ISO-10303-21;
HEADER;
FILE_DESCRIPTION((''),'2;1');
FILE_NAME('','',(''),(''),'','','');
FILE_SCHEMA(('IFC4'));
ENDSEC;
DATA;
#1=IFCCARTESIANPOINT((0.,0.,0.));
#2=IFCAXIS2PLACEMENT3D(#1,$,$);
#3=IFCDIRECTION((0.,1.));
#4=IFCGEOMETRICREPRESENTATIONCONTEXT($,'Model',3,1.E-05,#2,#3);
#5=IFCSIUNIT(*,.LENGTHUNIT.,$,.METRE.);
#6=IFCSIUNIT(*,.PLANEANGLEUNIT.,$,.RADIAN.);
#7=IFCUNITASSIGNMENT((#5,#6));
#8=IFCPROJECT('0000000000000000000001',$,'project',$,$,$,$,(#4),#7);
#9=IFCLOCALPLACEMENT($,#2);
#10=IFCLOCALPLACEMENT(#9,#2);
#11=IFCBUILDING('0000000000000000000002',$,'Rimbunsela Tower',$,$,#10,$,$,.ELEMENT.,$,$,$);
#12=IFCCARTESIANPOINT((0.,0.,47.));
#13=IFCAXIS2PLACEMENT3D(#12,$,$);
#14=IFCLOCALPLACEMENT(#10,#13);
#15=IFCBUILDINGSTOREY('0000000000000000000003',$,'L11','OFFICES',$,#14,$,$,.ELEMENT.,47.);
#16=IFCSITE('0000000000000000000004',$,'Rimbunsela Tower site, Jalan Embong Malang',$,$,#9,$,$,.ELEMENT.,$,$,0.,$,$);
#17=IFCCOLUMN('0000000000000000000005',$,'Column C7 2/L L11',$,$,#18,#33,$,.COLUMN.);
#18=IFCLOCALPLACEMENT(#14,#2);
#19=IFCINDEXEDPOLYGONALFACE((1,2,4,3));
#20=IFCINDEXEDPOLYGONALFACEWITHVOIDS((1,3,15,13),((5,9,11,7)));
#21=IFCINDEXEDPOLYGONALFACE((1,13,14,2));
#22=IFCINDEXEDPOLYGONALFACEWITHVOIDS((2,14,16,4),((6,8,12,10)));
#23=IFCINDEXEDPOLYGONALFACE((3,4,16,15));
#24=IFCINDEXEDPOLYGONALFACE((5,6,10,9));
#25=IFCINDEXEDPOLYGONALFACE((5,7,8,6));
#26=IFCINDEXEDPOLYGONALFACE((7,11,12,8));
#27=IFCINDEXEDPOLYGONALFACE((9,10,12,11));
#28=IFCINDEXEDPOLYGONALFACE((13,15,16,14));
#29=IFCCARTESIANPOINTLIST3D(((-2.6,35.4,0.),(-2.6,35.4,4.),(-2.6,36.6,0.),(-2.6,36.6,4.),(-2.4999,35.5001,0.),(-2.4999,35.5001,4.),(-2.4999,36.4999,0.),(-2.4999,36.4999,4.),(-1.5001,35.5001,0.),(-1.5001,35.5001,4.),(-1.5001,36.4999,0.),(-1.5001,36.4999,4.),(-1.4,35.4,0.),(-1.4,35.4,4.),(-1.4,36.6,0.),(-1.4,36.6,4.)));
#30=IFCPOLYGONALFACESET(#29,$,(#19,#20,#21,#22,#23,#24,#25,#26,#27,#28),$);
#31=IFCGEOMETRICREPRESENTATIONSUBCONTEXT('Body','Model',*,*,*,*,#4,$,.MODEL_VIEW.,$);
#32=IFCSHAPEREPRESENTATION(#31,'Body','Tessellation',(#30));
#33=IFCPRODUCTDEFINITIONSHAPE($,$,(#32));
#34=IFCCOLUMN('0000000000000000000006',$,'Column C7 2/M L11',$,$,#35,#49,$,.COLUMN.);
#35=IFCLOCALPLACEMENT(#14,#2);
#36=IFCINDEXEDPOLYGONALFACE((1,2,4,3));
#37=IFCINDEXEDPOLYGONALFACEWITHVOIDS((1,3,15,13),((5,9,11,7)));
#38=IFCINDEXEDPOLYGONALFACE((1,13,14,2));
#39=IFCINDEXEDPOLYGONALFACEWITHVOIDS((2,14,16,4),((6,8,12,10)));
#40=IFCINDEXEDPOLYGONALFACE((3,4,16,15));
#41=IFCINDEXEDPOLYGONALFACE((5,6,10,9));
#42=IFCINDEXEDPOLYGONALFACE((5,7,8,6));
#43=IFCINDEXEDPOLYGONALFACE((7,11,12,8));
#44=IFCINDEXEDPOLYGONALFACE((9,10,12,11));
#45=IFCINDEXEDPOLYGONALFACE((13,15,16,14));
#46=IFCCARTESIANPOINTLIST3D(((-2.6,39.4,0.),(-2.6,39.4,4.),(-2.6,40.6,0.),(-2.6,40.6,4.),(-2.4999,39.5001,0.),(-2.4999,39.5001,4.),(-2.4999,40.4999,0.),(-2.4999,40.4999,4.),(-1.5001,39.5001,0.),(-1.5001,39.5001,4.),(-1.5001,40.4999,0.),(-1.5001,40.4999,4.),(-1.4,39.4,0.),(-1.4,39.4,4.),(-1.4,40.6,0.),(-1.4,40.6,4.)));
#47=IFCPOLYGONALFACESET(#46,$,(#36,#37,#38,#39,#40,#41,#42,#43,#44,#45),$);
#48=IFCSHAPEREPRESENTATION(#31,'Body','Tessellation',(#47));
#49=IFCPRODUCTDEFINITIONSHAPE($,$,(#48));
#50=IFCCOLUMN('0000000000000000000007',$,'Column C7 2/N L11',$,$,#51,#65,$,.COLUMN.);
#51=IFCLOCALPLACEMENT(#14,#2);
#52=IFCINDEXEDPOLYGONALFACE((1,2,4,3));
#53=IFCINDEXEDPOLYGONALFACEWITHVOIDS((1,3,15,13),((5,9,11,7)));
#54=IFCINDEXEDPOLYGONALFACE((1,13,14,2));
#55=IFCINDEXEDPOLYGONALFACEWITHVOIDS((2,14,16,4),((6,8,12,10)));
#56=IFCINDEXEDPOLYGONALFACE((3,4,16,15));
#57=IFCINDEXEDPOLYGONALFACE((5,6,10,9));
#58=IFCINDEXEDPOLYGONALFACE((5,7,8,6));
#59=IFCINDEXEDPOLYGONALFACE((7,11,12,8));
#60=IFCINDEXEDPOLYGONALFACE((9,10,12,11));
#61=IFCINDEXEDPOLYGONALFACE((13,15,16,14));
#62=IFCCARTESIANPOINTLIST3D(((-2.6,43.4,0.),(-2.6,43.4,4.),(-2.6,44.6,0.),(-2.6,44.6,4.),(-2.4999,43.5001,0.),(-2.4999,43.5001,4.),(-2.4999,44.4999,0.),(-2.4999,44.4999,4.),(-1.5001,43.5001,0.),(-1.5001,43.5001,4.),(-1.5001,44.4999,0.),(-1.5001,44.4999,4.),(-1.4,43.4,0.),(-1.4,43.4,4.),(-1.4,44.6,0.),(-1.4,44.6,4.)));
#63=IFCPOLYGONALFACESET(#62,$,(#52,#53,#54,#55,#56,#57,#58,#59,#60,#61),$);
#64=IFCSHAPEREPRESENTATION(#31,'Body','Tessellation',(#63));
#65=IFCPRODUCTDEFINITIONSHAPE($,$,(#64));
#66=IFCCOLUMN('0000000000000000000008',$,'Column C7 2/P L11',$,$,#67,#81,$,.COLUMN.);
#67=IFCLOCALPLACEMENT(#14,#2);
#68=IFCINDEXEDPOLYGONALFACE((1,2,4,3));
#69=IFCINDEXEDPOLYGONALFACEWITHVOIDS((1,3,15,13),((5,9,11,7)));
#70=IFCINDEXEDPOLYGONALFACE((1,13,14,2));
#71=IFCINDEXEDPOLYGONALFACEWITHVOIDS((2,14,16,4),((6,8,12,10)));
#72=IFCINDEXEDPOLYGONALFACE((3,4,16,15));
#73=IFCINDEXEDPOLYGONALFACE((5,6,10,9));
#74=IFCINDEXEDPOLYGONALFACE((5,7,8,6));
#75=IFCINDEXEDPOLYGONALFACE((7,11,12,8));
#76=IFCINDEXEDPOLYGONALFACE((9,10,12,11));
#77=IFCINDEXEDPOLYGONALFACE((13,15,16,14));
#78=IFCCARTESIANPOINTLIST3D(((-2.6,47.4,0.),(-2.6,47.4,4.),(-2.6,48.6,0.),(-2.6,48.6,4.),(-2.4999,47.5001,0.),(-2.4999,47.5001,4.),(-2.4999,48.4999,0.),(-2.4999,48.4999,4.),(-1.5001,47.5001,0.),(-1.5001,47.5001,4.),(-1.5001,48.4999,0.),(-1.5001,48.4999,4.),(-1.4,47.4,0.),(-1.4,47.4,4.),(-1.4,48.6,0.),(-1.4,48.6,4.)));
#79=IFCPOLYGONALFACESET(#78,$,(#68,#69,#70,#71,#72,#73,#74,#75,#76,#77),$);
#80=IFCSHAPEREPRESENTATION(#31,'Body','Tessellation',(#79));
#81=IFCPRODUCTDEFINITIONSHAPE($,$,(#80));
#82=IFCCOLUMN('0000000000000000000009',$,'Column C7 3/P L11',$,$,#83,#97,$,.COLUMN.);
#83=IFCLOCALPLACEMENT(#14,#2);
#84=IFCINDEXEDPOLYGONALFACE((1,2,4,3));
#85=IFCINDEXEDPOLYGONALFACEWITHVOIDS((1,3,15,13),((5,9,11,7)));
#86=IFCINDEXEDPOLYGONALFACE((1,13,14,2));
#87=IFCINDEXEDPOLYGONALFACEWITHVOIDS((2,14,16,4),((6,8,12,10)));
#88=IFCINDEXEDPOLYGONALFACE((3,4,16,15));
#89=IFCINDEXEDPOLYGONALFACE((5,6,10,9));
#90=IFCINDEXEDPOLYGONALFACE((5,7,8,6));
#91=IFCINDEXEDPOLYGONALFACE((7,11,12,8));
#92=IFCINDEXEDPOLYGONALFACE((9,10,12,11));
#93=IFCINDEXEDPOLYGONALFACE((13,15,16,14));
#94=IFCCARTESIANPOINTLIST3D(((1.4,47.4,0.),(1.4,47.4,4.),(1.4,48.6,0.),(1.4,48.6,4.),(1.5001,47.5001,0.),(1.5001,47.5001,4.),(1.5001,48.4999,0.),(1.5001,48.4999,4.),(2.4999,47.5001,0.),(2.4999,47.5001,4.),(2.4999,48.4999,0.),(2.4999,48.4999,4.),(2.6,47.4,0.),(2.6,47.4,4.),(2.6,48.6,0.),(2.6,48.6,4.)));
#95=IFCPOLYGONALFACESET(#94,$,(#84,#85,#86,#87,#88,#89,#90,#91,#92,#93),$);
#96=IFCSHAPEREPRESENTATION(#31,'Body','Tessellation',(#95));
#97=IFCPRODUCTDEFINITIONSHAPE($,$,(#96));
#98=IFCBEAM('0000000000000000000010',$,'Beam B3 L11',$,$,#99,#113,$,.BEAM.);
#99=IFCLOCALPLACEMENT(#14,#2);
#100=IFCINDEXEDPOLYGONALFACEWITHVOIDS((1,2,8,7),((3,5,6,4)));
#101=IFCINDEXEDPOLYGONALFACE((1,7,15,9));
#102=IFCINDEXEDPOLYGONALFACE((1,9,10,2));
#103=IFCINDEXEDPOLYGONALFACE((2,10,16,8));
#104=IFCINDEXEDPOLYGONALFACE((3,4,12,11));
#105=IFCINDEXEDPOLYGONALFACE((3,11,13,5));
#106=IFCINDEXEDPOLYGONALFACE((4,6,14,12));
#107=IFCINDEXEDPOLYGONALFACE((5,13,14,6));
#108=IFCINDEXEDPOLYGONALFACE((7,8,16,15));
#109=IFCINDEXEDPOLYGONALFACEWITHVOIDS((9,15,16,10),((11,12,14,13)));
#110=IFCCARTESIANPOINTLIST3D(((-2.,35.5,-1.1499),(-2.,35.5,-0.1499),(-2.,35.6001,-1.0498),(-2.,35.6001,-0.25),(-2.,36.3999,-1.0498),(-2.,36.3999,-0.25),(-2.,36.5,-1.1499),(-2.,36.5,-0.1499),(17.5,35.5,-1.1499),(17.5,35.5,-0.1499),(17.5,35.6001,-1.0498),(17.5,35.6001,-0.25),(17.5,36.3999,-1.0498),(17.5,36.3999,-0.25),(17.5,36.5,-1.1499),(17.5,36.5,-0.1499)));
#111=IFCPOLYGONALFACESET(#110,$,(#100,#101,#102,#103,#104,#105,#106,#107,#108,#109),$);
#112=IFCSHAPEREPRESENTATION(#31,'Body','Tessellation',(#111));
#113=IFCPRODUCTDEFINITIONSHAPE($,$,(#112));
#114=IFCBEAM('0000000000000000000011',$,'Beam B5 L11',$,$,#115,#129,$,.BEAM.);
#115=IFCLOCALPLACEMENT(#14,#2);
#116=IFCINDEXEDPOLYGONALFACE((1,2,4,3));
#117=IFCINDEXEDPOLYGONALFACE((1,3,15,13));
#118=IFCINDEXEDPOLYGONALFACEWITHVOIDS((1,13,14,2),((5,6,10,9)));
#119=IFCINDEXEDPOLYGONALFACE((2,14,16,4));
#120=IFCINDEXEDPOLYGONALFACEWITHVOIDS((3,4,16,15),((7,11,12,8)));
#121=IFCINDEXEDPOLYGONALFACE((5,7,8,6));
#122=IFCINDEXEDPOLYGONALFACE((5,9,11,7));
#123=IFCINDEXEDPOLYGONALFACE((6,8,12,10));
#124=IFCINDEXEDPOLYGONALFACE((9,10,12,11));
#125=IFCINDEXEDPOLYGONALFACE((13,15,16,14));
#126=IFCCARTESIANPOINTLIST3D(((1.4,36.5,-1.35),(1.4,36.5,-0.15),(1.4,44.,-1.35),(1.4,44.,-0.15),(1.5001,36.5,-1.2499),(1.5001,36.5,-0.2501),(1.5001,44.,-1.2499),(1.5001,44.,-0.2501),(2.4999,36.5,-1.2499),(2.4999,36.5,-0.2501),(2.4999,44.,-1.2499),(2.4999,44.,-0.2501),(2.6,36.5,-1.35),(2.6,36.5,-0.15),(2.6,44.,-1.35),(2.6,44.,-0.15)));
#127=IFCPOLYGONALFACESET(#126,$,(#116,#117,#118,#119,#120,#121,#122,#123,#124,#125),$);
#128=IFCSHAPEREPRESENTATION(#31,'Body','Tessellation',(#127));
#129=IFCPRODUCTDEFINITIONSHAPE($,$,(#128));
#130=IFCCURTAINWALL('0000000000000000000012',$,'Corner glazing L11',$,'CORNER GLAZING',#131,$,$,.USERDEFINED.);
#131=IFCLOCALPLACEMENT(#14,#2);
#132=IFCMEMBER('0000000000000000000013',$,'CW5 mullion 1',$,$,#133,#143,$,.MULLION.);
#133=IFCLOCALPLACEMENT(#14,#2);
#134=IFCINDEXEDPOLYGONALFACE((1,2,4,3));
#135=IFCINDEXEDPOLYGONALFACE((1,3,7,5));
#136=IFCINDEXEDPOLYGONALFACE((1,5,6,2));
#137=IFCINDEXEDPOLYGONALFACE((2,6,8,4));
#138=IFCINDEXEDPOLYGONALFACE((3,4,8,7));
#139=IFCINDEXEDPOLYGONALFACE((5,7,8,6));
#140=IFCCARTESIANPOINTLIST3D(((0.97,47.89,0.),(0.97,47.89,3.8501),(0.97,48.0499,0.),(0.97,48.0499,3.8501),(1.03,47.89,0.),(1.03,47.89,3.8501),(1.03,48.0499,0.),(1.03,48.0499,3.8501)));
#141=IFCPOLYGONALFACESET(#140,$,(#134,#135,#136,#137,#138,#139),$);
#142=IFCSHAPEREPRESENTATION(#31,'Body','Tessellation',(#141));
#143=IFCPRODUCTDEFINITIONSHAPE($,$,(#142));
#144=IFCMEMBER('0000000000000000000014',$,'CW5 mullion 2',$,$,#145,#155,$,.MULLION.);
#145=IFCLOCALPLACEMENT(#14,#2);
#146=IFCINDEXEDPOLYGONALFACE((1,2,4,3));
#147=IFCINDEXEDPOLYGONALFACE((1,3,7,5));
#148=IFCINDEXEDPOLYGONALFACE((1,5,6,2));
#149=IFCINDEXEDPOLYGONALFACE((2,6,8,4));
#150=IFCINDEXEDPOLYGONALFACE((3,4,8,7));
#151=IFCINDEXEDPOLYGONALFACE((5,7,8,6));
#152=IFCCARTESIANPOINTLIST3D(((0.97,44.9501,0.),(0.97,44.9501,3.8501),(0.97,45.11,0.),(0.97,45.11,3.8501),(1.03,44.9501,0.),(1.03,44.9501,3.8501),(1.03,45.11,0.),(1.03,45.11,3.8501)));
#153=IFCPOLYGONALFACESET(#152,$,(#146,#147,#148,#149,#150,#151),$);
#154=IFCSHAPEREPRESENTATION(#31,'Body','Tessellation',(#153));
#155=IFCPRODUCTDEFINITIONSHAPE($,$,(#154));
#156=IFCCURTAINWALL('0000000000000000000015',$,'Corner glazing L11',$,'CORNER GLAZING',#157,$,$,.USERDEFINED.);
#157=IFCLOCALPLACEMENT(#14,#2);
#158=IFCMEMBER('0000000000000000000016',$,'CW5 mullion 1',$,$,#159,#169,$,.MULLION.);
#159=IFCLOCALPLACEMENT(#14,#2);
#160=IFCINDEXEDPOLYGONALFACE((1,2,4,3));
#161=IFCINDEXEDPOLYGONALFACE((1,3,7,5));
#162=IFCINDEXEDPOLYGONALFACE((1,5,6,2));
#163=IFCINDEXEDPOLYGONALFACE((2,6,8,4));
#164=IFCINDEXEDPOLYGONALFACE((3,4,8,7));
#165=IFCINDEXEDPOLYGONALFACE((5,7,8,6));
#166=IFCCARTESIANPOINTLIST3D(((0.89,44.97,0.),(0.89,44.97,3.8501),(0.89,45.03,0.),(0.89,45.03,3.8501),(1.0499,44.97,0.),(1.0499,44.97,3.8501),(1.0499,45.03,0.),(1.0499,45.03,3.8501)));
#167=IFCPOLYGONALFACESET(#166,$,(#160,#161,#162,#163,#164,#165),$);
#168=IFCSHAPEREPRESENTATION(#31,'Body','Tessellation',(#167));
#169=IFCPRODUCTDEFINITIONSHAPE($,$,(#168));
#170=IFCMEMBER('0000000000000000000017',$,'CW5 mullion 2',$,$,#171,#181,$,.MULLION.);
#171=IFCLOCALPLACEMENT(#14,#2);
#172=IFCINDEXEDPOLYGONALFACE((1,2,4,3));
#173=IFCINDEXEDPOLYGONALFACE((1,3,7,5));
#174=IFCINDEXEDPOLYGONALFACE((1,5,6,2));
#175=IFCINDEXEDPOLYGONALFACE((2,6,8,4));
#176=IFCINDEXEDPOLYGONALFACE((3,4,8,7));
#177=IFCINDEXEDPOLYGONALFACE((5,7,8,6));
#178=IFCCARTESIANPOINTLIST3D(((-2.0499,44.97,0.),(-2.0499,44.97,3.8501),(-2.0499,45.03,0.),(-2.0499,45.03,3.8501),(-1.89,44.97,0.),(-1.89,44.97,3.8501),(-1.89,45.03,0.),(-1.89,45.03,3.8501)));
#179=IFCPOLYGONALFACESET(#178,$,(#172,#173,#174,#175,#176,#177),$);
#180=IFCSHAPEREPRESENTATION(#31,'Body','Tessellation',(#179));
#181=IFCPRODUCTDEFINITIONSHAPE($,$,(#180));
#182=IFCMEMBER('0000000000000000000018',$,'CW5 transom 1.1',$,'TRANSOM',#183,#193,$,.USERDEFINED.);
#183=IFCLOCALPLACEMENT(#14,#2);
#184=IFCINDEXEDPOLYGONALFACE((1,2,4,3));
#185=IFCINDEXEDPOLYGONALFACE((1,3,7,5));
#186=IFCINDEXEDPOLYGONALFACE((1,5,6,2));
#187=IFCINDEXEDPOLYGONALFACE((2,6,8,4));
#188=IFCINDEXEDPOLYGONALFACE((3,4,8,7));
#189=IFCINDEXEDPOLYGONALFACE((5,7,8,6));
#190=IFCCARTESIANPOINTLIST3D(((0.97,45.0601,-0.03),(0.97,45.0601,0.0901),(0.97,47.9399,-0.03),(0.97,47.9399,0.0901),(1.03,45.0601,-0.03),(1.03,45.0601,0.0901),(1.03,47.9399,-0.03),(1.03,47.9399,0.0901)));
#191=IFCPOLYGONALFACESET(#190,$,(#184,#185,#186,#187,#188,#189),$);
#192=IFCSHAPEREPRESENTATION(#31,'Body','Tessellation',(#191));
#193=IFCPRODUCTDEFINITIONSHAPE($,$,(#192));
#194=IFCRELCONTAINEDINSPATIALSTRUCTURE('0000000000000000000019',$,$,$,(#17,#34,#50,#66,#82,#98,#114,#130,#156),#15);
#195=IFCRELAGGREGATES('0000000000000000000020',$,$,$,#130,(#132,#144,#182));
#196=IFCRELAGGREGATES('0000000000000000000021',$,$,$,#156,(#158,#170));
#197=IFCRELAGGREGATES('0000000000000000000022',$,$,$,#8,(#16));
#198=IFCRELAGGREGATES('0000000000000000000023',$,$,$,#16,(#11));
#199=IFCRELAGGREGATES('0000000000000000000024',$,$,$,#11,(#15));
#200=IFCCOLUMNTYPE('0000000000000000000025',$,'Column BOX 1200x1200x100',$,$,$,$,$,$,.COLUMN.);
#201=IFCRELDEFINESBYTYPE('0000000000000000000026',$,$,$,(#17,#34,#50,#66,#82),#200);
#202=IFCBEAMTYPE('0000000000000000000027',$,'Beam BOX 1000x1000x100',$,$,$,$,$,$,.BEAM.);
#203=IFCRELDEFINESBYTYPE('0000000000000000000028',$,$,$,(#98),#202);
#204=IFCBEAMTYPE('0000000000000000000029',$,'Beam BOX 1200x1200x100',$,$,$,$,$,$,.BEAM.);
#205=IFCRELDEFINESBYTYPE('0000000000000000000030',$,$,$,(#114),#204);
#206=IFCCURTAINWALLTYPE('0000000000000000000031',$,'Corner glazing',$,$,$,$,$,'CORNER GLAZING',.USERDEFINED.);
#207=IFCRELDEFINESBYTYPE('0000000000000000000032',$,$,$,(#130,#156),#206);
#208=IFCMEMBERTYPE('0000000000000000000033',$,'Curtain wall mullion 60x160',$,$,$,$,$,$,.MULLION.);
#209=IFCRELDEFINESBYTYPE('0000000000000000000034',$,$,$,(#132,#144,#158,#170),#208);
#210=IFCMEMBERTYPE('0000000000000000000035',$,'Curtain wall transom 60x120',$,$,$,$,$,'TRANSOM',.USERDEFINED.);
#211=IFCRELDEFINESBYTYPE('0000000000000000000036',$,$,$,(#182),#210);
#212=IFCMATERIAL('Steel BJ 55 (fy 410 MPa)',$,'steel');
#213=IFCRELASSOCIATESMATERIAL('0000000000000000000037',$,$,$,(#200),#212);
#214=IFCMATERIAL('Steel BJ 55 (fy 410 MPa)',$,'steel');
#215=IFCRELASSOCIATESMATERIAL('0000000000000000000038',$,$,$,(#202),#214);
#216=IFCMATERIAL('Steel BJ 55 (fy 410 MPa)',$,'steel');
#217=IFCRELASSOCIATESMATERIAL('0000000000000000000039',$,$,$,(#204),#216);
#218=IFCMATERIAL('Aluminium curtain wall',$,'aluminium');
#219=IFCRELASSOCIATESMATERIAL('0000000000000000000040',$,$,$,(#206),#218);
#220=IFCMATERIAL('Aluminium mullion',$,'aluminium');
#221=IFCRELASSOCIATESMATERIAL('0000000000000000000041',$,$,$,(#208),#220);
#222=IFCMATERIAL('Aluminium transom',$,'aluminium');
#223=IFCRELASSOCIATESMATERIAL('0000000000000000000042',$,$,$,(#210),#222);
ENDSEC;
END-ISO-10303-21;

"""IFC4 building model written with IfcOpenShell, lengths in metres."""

from ifc_helpers import new_model, si_unit, direction, frame, origin, origin_2d, place, context, subcontext, project, spatial, rectangle, hollow_rectangle, extrude, material, material_profile, profile_set, type_object, element, aggregate, save


model = new_model("IFC4")

# Units and contexts
model_context = context("Model", 3, precision=1e-05, world=origin(), true_north=direction((0.0, 1.0)))
body_context = subcontext(model_context, "Body", "Model", "MODEL_VIEW")
ifc_project = project(units=[si_unit("LENGTHUNIT", "METRE"), si_unit("PLANEANGLEUNIT", "RADIAN")], contexts=[model_context])

# Site, building, storey
site_placement = place(None, origin())
site = spatial("IfcSite", under=ifc_project, at=site_placement, Name="Rimbunsela Tower site, Jalan Embong Malang", CompositionType="ELEMENT", RefElevation=0.0)
building_placement = place(site_placement, origin())
building = spatial("IfcBuilding", under=site, at=building_placement, Name="Rimbunsela Tower", CompositionType="ELEMENT")
storey_placement = place(building_placement, frame((0.0, 0.0, 47.0)))
storey = spatial("IfcBuildingStorey", under=building, at=storey_placement, Name="L11", Description="OFFICES", CompositionType="ELEMENT", Elevation=47.0)

# Columns
ifc_material_1 = material(Name="Steel BJ 55 (fy 410 MPa)", Category="steel")
ifc_material_profile_1 = material_profile(ifc_material_1, hollow_rectangle(XDim=1.2, YDim=1.2, WallThickness=0.1001, at=origin_2d()), Name="BOX 1200x1200x100")
ifc_profile_set_1 = profile_set([ifc_material_profile_1], Name="Steel BJ 55 (fy 410 MPa)")
column_type = type_object("IfcColumnType", Name="Column BOX 1200x1200x100", PredefinedType="COLUMN", material=ifc_profile_set_1)
for number, where, z_axis, x_axis, name in (
    (1, (-2.0, 36.0, 0.0), (0.0, 0.0, 1.0), (1.0, 0.0, 0.0), "Column C7 2/L L11"),
    (2, (-2.0, 40.0, 0.0), (0.0, 0.0, 1.0), (1.0, 0.0, 0.0), "Column C7 2/M L11"),
    (3, (-2.0, 44.0, 0.0), (0.0, 0.0, 1.0), (1.0, 0.0, 0.0), "Column C7 2/N L11"),
    (4, (-2.0, 48.0, 0.0), (0.0, 0.0, 1.0), (1.0, 0.0, 0.0), "Column C7 2/P L11"),
    (5, (2.0, 48.0, 0.0), (0.0, 0.0, 1.0), (1.0, 0.0, 0.0), "Column C7 3/P L11"),
):
    element("IfcColumn", number, at=place(storey_placement, frame(where, z_axis=z_axis, x_axis=x_axis)), inside=storey, type_object=column_type, Name=name, PredefinedType="COLUMN", context=body_context, shape_type="SweptSolid", body=[
        extrude(hollow_rectangle(XDim=1.2, YDim=1.2, WallThickness=0.1001, at=origin_2d()), origin(), (0.0, 0.0, 1.0), 4.0),
    ])

# Beams
ifc_material_2 = material(Name="Steel BJ 55 (fy 410 MPa)", Category="steel")
ifc_material_profile_2 = material_profile(ifc_material_2, hollow_rectangle(XDim=1.0, YDim=1.0, WallThickness=0.1001, at=origin_2d()), Name="BOX 1000x1000x100")
ifc_profile_set_2 = profile_set([ifc_material_profile_2], Name="Steel BJ 55 (fy 410 MPa)")
beam_type_1 = type_object("IfcBeamType", Name="Beam BOX 1000x1000x100", PredefinedType="BEAM", material=ifc_profile_set_2)
beam_1_placement = place(storey_placement, frame((-2.0, 36.0, -0.6499), z_axis=(1.0, 0.0, 0.0), x_axis=(0.0, 1.0, 0.0)))
element("IfcBeam", 6, at=beam_1_placement, inside=storey, type_object=beam_type_1, Name="Beam B3 L11", PredefinedType="BEAM", context=body_context, shape_type="SweptSolid", body=[
    extrude(hollow_rectangle(XDim=1.0, YDim=1.0, WallThickness=0.1001, at=origin_2d()), origin(), (0.0, 0.0, 1.0), 19.5),
])
ifc_material_3 = material(Name="Steel BJ 55 (fy 410 MPa)", Category="steel")
ifc_material_profile_3 = material_profile(ifc_material_3, hollow_rectangle(XDim=1.2, YDim=1.2, WallThickness=0.1001, at=origin_2d()), Name="BOX 1200x1200x100")
ifc_profile_set_3 = profile_set([ifc_material_profile_3], Name="Steel BJ 55 (fy 410 MPa)")
beam_type_2 = type_object("IfcBeamType", Name="Beam BOX 1200x1200x100", PredefinedType="BEAM", material=ifc_profile_set_3)
beam_2_placement = place(storey_placement, frame((2.0, 36.5, -0.75), z_axis=(0.0, 1.0, 0.0), x_axis=(-1.0, 0.0, 0.0)))
element("IfcBeam", 7, at=beam_2_placement, inside=storey, type_object=beam_type_2, Name="Beam B5 L11", PredefinedType="BEAM", context=body_context, shape_type="SweptSolid", body=[
    extrude(hollow_rectangle(XDim=1.2, YDim=1.2, WallThickness=0.1001, at=origin_2d()), origin(), (0.0, 0.0, 1.0), 7.5),
])

# Curtain walls, members
ifc_material_4 = material(Name="Aluminium curtain wall", Category="aluminium")
curtain_wall_type = type_object("IfcCurtainWallType", Name="Corner glazing", ElementType="CORNER GLAZING", PredefinedType="USERDEFINED", material=ifc_material_4)
curtain_wall_1_placement = place(storey_placement, origin())
curtain_wall_1 = element("IfcCurtainWall", 8, at=curtain_wall_1_placement, inside=storey, type_object=curtain_wall_type, Name="Corner glazing L11", ObjectType="CORNER GLAZING", PredefinedType="USERDEFINED")
ifc_material_5 = material(Name="Aluminium mullion", Category="aluminium")
ifc_material_profile_4 = material_profile(ifc_material_5, rectangle(XDim=0.0601, YDim=0.1599, at=origin_2d()), Name="Mullion 60x160")
ifc_profile_set_4 = profile_set([ifc_material_profile_4], Name="Aluminium mullion")
member_type_1 = type_object("IfcMemberType", Name="Curtain wall mullion 60x160", PredefinedType="MULLION", material=ifc_profile_set_4)
member_1_placement = place(storey_placement, frame((1.0, 47.97, 0.0), z_axis=(0.0, 0.0, 1.0), x_axis=(1.0, 0.0, 0.0)))
member_1 = element("IfcMember", 9, at=member_1_placement, type_object=member_type_1, Name="CW5 mullion 1", PredefinedType="MULLION", context=body_context, shape_type="SweptSolid", body=[
    extrude(rectangle(XDim=0.0601, YDim=0.1599, at=origin_2d()), origin(), (0.0, 0.0, 1.0), 3.8501),
])
member_2_placement = place(storey_placement, frame((1.0, 45.03, 0.0), z_axis=(0.0, 0.0, 1.0), x_axis=(1.0, 0.0, 0.0)))
member_2 = element("IfcMember", 10, at=member_2_placement, type_object=member_type_1, Name="CW5 mullion 2", PredefinedType="MULLION", context=body_context, shape_type="SweptSolid", body=[
    extrude(rectangle(XDim=0.0601, YDim=0.1599, at=origin_2d()), origin(), (0.0, 0.0, 1.0), 3.8501),
])
curtain_wall_2_placement = place(storey_placement, origin())
curtain_wall_2 = element("IfcCurtainWall", 11, at=curtain_wall_2_placement, inside=storey, type_object=curtain_wall_type, Name="Corner glazing L11", ObjectType="CORNER GLAZING", PredefinedType="USERDEFINED")
member_3_placement = place(storey_placement, frame((0.97, 45.0, 0.0), z_axis=(0.0, 0.0, 1.0), x_axis=(0.0, -1.0, 0.0)))
member_3 = element("IfcMember", 12, at=member_3_placement, type_object=member_type_1, Name="CW5 mullion 1", PredefinedType="MULLION", context=body_context, shape_type="SweptSolid", body=[
    extrude(rectangle(XDim=0.0601, YDim=0.1599, at=origin_2d()), origin(), (0.0, 0.0, 1.0), 3.8501),
])
member_4_placement = place(storey_placement, frame((-1.97, 45.0, 0.0), z_axis=(0.0, 0.0, 1.0), x_axis=(0.0, -1.0, 0.0)))
member_4 = element("IfcMember", 13, at=member_4_placement, type_object=member_type_1, Name="CW5 mullion 2", PredefinedType="MULLION", context=body_context, shape_type="SweptSolid", body=[
    extrude(rectangle(XDim=0.0601, YDim=0.1599, at=origin_2d()), origin(), (0.0, 0.0, 1.0), 3.8501),
])

# Member
ifc_material_6 = material(Name="Aluminium transom", Category="aluminium")
ifc_material_profile_5 = material_profile(ifc_material_6, rectangle(XDim=0.0601, YDim=0.1201, at=origin_2d()), Name="Transom 60x120")
ifc_profile_set_5 = profile_set([ifc_material_profile_5], Name="Aluminium transom")
member_type_2 = type_object("IfcMemberType", Name="Curtain wall transom 60x120", ElementType="TRANSOM", PredefinedType="USERDEFINED", material=ifc_profile_set_5)
member_5_placement = place(storey_placement, frame((1.0, 47.9399, 0.03), z_axis=(0.0, -1.0, 0.0), x_axis=(1.0, 0.0, 0.0)))
member_5 = element("IfcMember", 14, at=member_5_placement, type_object=member_type_2, Name="CW5 transom 1.1", ObjectType="TRANSOM", PredefinedType="USERDEFINED", context=body_context, shape_type="SweptSolid", body=[
    extrude(rectangle(XDim=0.0601, YDim=0.1201, at=origin_2d()), origin(), (0.0, 0.0, 1.0), 2.8799),
])

aggregate(curtain_wall_1, [member_1, member_2, member_5])
aggregate(curtain_wall_2, [member_3, member_4])

save(model, "model.ifc")
